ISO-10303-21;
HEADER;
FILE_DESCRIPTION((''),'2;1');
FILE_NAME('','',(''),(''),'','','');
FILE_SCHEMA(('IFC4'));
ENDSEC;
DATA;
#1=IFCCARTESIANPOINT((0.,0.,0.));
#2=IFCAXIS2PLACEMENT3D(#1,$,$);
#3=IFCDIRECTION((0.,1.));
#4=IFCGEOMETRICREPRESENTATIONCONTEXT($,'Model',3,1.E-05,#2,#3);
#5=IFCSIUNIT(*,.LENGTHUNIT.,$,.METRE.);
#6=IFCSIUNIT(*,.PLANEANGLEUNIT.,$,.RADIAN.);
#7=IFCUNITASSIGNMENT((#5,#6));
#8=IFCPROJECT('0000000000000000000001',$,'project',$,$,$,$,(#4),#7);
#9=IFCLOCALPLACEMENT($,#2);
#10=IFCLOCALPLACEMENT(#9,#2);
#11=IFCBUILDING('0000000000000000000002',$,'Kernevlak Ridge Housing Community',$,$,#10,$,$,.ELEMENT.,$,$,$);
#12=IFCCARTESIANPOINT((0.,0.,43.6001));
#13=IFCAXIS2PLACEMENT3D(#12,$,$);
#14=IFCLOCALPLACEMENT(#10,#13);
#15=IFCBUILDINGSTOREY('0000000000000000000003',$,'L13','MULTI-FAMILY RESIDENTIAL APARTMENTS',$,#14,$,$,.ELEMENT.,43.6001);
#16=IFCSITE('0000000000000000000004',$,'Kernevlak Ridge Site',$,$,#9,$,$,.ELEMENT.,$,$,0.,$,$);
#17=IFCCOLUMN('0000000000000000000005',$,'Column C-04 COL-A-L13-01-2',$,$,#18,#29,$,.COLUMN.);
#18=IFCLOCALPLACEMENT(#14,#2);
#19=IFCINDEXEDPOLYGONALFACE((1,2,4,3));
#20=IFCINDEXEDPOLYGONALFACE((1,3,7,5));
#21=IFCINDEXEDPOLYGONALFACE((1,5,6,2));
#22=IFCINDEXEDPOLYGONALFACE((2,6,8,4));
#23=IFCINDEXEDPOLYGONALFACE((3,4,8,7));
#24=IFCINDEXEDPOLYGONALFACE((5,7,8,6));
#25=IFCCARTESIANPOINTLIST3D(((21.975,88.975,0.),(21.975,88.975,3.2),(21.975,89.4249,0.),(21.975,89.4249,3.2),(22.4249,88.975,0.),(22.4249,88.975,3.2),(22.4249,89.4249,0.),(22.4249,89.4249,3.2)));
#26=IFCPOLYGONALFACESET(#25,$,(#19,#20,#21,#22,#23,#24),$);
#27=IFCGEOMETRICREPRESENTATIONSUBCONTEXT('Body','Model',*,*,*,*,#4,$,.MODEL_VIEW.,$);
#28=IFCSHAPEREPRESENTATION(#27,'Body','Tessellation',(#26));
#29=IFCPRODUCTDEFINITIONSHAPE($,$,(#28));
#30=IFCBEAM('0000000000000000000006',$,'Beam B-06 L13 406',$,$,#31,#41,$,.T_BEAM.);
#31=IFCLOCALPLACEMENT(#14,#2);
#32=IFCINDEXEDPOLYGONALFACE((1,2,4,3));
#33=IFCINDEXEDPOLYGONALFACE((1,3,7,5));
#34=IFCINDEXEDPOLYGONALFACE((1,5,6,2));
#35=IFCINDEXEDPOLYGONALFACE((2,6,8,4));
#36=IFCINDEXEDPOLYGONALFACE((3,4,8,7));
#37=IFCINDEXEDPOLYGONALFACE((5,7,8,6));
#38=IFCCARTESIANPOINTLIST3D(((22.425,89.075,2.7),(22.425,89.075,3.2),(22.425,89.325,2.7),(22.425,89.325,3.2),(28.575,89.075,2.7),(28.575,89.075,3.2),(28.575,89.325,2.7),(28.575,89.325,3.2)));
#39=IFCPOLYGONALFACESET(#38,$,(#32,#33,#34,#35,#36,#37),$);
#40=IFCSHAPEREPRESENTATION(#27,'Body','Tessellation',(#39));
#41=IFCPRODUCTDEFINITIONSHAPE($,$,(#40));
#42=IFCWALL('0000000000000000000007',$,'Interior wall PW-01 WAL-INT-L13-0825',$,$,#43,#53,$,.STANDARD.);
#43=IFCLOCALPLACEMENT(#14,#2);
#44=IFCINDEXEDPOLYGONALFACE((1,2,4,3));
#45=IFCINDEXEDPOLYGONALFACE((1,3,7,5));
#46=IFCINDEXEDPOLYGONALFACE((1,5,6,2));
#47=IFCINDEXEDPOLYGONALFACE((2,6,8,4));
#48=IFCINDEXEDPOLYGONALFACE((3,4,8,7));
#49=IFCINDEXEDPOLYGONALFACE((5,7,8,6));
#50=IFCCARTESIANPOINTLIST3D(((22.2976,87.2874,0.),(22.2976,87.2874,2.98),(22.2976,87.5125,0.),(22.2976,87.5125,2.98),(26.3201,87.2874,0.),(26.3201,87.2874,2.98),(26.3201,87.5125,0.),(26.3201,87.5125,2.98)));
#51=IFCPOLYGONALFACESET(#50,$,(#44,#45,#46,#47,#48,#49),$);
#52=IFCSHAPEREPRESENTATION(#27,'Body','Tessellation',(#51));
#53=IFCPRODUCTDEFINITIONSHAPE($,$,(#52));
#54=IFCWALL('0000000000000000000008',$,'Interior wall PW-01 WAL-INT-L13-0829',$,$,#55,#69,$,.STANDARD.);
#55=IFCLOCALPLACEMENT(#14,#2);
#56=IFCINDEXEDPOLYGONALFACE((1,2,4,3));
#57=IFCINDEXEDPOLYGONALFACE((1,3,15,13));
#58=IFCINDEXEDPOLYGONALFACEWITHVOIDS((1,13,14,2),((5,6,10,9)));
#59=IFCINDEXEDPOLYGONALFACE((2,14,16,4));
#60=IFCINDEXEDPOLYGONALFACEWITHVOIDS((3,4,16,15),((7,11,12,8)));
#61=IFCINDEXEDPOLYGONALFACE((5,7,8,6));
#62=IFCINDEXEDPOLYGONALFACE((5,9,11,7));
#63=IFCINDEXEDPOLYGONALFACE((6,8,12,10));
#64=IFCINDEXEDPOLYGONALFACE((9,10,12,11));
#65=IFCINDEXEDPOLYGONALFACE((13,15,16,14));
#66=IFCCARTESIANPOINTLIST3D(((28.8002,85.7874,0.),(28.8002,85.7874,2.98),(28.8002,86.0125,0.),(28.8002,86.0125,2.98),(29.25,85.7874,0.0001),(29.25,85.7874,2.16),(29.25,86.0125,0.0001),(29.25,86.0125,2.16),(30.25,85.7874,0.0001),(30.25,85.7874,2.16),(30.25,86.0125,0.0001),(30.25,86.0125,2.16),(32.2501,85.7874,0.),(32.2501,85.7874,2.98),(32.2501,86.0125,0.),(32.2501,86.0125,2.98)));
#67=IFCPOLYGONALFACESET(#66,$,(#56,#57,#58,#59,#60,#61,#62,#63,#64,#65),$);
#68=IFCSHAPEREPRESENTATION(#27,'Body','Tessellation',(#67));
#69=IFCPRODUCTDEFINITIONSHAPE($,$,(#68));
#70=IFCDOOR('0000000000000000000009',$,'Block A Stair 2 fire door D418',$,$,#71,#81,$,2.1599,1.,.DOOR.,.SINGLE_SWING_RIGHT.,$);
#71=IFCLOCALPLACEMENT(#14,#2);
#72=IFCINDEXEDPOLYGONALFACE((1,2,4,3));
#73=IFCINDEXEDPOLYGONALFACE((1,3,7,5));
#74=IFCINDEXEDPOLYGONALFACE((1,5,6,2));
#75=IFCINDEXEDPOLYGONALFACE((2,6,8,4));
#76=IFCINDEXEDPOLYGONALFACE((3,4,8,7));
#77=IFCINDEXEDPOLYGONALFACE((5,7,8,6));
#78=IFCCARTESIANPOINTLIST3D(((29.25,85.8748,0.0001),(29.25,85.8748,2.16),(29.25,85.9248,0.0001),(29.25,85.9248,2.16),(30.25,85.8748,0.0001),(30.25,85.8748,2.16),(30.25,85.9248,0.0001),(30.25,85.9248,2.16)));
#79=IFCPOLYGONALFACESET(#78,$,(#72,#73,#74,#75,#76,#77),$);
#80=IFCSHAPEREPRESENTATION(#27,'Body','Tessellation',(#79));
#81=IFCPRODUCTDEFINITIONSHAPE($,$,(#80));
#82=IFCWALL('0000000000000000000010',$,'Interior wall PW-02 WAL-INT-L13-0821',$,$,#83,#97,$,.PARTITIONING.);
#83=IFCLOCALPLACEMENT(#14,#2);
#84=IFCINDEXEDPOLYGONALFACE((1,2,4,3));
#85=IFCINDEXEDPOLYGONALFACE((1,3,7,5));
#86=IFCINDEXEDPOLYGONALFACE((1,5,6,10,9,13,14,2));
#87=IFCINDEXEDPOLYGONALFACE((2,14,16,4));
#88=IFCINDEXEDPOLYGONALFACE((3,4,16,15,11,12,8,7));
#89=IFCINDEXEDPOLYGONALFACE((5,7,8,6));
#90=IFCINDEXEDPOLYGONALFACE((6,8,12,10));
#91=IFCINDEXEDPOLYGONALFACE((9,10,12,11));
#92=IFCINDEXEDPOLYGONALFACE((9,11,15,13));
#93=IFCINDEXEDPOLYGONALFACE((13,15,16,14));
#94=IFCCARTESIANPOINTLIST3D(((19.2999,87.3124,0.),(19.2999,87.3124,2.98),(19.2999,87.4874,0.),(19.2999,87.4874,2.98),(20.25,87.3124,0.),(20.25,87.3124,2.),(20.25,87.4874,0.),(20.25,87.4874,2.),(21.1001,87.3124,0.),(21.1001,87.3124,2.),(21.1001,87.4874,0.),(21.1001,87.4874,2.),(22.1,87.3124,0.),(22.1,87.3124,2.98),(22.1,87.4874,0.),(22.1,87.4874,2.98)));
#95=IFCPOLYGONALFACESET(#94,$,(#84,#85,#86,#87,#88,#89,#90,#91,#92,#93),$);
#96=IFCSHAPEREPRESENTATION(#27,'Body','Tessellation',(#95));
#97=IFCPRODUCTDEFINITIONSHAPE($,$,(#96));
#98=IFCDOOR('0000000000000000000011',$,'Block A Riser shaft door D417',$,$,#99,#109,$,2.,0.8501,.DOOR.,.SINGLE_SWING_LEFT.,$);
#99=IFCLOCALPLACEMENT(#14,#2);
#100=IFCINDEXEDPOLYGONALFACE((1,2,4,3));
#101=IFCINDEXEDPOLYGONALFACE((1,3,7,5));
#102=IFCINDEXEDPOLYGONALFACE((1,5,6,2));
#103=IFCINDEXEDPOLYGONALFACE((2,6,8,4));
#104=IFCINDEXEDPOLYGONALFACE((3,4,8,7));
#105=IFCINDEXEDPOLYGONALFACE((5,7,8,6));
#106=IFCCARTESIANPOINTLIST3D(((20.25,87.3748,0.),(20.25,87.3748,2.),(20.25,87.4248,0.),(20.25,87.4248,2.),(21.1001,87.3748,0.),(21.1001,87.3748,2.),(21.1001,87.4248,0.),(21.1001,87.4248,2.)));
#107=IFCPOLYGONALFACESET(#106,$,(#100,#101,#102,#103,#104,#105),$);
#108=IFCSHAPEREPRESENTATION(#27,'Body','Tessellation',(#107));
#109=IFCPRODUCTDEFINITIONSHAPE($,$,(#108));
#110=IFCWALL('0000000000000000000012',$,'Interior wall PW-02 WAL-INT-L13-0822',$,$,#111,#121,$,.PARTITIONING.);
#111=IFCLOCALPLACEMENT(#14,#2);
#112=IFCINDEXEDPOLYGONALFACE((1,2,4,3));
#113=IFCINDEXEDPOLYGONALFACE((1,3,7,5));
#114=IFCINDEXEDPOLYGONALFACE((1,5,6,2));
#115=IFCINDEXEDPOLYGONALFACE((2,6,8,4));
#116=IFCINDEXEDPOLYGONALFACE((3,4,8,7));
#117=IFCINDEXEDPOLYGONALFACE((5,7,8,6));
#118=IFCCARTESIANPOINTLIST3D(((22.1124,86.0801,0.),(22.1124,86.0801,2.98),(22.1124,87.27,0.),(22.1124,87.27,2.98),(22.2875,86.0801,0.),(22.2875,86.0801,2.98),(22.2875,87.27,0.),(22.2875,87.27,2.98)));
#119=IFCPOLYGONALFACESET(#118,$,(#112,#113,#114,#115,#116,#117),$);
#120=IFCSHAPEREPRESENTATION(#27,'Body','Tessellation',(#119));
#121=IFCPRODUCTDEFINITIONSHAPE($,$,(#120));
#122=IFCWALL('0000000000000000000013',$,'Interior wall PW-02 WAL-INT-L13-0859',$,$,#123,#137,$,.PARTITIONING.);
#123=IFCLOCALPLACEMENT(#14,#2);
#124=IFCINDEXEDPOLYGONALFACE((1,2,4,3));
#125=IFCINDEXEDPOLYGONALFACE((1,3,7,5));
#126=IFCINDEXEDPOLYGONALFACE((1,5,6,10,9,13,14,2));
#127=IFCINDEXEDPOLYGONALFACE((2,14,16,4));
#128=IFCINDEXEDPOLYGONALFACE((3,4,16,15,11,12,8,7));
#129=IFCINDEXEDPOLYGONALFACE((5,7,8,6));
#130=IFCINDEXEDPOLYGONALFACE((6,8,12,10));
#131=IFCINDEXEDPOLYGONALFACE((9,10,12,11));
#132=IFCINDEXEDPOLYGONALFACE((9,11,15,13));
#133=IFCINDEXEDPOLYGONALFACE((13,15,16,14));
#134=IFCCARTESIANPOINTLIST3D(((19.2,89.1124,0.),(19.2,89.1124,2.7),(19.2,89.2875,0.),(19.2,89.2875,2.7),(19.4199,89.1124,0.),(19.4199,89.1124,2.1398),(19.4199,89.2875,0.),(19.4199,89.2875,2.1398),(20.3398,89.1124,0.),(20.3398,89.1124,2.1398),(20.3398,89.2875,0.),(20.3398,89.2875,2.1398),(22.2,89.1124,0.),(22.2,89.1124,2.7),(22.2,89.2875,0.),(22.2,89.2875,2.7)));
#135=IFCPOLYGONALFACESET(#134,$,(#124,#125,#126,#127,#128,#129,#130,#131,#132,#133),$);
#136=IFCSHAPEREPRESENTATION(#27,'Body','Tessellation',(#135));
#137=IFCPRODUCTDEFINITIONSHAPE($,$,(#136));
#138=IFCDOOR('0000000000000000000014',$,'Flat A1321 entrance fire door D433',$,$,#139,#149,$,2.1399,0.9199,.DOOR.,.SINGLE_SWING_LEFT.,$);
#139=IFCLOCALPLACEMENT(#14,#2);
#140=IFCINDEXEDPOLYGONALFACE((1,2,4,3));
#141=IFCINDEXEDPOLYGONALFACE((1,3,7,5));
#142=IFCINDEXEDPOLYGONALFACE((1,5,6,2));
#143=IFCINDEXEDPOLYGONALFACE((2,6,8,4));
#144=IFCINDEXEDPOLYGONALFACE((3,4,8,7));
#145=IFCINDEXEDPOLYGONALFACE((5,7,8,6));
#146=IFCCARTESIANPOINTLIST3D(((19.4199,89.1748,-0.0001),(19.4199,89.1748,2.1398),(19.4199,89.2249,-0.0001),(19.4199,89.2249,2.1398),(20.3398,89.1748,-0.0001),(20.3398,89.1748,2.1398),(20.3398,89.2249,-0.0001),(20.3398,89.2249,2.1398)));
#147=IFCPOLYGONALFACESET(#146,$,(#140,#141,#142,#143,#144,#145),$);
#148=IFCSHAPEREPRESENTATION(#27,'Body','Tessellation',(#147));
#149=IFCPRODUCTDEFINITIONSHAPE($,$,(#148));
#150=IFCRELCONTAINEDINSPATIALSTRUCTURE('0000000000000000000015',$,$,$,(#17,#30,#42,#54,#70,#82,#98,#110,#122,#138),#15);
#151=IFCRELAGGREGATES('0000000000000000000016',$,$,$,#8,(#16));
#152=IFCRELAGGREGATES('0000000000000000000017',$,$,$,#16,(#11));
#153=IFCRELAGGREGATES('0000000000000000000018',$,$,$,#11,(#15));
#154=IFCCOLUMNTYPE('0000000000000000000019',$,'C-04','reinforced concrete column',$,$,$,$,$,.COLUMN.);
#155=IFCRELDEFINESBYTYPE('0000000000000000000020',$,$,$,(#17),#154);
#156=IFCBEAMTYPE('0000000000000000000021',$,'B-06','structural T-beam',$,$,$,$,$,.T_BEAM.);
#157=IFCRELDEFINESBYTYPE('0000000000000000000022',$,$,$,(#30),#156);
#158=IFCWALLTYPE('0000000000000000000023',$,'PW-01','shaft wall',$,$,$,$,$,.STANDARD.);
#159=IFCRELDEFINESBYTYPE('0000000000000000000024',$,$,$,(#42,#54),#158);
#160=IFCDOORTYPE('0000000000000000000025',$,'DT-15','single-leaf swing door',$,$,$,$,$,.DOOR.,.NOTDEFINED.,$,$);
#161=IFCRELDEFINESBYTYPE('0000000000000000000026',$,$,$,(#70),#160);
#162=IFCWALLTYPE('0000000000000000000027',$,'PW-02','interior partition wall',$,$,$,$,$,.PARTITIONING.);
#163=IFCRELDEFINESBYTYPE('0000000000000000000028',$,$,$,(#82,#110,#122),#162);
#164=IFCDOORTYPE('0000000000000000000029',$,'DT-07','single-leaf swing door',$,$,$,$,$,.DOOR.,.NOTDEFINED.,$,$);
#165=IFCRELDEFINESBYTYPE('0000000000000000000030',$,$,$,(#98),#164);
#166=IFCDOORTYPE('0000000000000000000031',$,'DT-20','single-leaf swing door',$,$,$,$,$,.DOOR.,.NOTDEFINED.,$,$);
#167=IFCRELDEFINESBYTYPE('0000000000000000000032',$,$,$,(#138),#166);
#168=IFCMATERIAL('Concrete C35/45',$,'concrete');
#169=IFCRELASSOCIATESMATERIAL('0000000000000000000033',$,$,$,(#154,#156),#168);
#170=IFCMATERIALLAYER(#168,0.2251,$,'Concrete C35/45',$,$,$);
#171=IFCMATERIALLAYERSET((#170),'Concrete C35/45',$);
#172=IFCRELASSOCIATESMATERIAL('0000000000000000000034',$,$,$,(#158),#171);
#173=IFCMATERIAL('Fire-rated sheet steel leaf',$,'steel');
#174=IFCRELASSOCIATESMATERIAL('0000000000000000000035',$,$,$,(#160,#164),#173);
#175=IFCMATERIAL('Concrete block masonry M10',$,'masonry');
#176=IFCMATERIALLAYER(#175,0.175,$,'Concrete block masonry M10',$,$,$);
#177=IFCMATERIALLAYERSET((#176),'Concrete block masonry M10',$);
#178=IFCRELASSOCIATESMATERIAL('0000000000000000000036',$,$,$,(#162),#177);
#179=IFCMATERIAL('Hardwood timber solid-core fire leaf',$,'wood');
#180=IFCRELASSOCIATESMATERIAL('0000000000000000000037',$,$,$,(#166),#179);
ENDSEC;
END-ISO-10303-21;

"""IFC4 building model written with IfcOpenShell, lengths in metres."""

from ifc_helpers import new_model, si_unit, direction, frame, frame_2d, origin, origin_2d, place, context, subcontext, project, spatial, rectangle, extrude, material, layer, layer_set, material_profile, profile_set, type_object, element, fill, save


model = new_model("IFC4")

# Units and contexts
model_context = context("Model", 3, precision=1e-05, world=origin(), true_north=direction((0.0, 1.0)))
body_context = subcontext(model_context, "Body", "Model", "MODEL_VIEW")
ifc_project = project(units=[si_unit("LENGTHUNIT", "METRE"), si_unit("PLANEANGLEUNIT", "RADIAN")], contexts=[model_context])

# Site, building, storey
site_placement = place(None, origin())
site = spatial("IfcSite", under=ifc_project, at=site_placement, Name="Kernevlak Ridge Site", CompositionType="ELEMENT", RefElevation=0.0)
building_placement = place(site_placement, origin())
building = spatial("IfcBuilding", under=site, at=building_placement, Name="Kernevlak Ridge Housing Community", CompositionType="ELEMENT")
storey_placement = place(building_placement, frame((0.0, 0.0, 43.6001)))
storey = spatial("IfcBuildingStorey", under=building, at=storey_placement, Name="L13", Description="MULTI-FAMILY RESIDENTIAL APARTMENTS", CompositionType="ELEMENT", Elevation=43.6001)

# Column
ifc_material_1 = material(Name="Concrete C35/45", Category="concrete")
ifc_material_profile_1 = material_profile(ifc_material_1, rectangle(XDim=0.45, YDim=0.45, at=origin_2d()), Name="RC 450x450")
ifc_profile_set_1 = profile_set([ifc_material_profile_1], Name="Concrete C35/45")
column_type = type_object("IfcColumnType", Name="C-04", Description="reinforced concrete column", PredefinedType="COLUMN", material=ifc_profile_set_1)
column_placement = place(storey_placement, frame((22.2, 89.2, 0.0), z_axis=(0.0, 0.0, 1.0), x_axis=(1.0, 0.0, 0.0)))
element("IfcColumn", 1, at=column_placement, inside=storey, type_object=column_type, Name="Column C-04 COL-A-L13-01-2", PredefinedType="COLUMN", context=body_context, shape_type="SweptSolid", body=[
    extrude(rectangle(XDim=0.45, YDim=0.45, at=origin_2d()), origin(), (0.0, 0.0, 1.0), 3.2),
])

# Beam
ifc_material_profile_2 = material_profile(ifc_material_1, rectangle(XDim=0.25, YDim=0.5, at=origin_2d()), Name="RC 250x500")
ifc_profile_set_2 = profile_set([ifc_material_profile_2], Name="Concrete C35/45")
beam_type = type_object("IfcBeamType", Name="B-06", Description="structural T-beam", PredefinedType="T_BEAM", material=ifc_profile_set_2)
beam_placement = place(storey_placement, frame((22.425, 89.2, 2.95), z_axis=(1.0, 0.0, 0.0), x_axis=(0.0, 1.0, 0.0)))
element("IfcBeam", 2, at=beam_placement, inside=storey, type_object=beam_type, Name="Beam B-06 L13 406", PredefinedType="T_BEAM", context=body_context, shape_type="SweptSolid", body=[
    extrude(rectangle(XDim=0.25, YDim=0.5, at=origin_2d()), origin(), (0.0, 0.0, 1.0), 6.1499),
])

# Wall
ifc_layer_1 = layer(ifc_material_1, 0.2251, Name="Concrete C35/45")
ifc_layer_set_1 = layer_set([ifc_layer_1], Name="Concrete C35/45")
wall_type_1 = type_object("IfcWallType", Name="PW-01", Description="shaft wall", PredefinedType="STANDARD", material=ifc_layer_set_1)
wall_1_placement = place(storey_placement, frame((22.2976, 87.3999, 0.0), z_axis=(0.0, 0.0, 1.0), x_axis=(1.0, 0.0, 0.0)))
element("IfcWall", 3, at=wall_1_placement, inside=storey, type_object=wall_type_1, Name="Interior wall PW-01 WAL-INT-L13-0825", PredefinedType="STANDARD", context=body_context, shape_type="SweptSolid", body=[
    extrude(rectangle(XDim=4.0225, YDim=0.2251, at=frame_2d((2.0112, 0.0))), origin(), (0.0, 0.0, 1.0), 2.98),
])

# Walls, openings, doors
wall_2_placement = place(storey_placement, frame((28.8, 85.8999, 0.0), z_axis=(0.0, 0.0, 1.0), x_axis=(1.0, 0.0, 0.0)))
wall_2 = element("IfcWall", 4, at=wall_2_placement, inside=storey, type_object=wall_type_1, Name="Interior wall PW-01 WAL-INT-L13-0829", PredefinedType="STANDARD", context=body_context, shape_type="SweptSolid", body=[
    extrude(rectangle(XDim=3.45, YDim=0.2251, at=frame_2d((1.7251, 0.0))), origin(), (0.0, 0.0, 1.0), 2.98),
])
opening_1_placement = place(wall_2_placement, frame((0.45, 0.0, 0.0)))
opening_1 = element("IfcOpeningElement", 5, at=opening_1_placement, cuts=wall_2, PredefinedType="OPENING", context=body_context, shape_type="SweptSolid", body=[
    extrude(rectangle(XDim=1.0, YDim=2.1599, at=frame_2d((0.5, 1.0801))), frame((0.0, 0.1226, 0.0), z_axis=(0.0, -1.0, 0.0), x_axis=(1.0, 0.0, 0.0)), (0.0, 0.0, 1.0), 0.2451),
])
ifc_material_2 = material(Name="Fire-rated sheet steel leaf", Category="steel")
door_type_1 = type_object("IfcDoorType", Name="DT-15", Description="single-leaf swing door", OperationType="NOTDEFINED", PredefinedType="DOOR", material=ifc_material_2)
door_1_placement = place(opening_1_placement, origin())
door_1 = element("IfcDoor", 6, at=door_1_placement, inside=storey, type_object=door_type_1, Name="Block A Stair 2 fire door D418", OperationType="SINGLE_SWING_RIGHT", OverallHeight=2.1599, OverallWidth=1.0, PredefinedType="DOOR", context=body_context, shape_type="SweptSolid", body=[
    extrude(rectangle(XDim=1.0, YDim=2.1599, at=frame_2d((0.5, 1.0801))), frame((0.0, 0.0249, 0.0), z_axis=(0.0, -1.0, 0.0), x_axis=(1.0, 0.0, 0.0)), (0.0, 0.0, 1.0), 0.05),
])
fill(opening_1, door_1)
ifc_material_3 = material(Name="Concrete block masonry M10", Category="masonry")
ifc_layer_2 = layer(ifc_material_3, 0.175, Name="Concrete block masonry M10")
ifc_layer_set_2 = layer_set([ifc_layer_2], Name="Concrete block masonry M10")
wall_type_2 = type_object("IfcWallType", Name="PW-02", Description="interior partition wall", PredefinedType="PARTITIONING", material=ifc_layer_set_2)
wall_3_placement = place(storey_placement, frame((19.3, 87.3999, 0.0), z_axis=(0.0, 0.0, 1.0), x_axis=(1.0, 0.0, 0.0)))
wall_3 = element("IfcWall", 7, at=wall_3_placement, inside=storey, type_object=wall_type_2, Name="Interior wall PW-02 WAL-INT-L13-0821", PredefinedType="PARTITIONING", context=body_context, shape_type="SweptSolid", body=[
    extrude(rectangle(XDim=2.8, YDim=0.175, at=frame_2d((1.3999, 0.0))), origin(), (0.0, 0.0, 1.0), 2.98),
])
opening_2_placement = place(wall_3_placement, frame((0.95, 0.0, 0.0)))
opening_2 = element("IfcOpeningElement", 8, at=opening_2_placement, cuts=wall_3, PredefinedType="OPENING", context=body_context, shape_type="SweptSolid", body=[
    extrude(rectangle(XDim=0.8501, YDim=2.0, at=frame_2d((0.425, 1.0))), frame((0.0, 0.0974, 0.0), z_axis=(0.0, -1.0, 0.0), x_axis=(1.0, 0.0, 0.0)), (0.0, 0.0, 1.0), 0.1951),
])
door_type_2 = type_object("IfcDoorType", Name="DT-07", Description="single-leaf swing door", OperationType="NOTDEFINED", PredefinedType="DOOR", material=ifc_material_2)
door_2_placement = place(opening_2_placement, origin())
door_2 = element("IfcDoor", 9, at=door_2_placement, inside=storey, type_object=door_type_2, Name="Block A Riser shaft door D417", OperationType="SINGLE_SWING_LEFT", OverallHeight=2.0, OverallWidth=0.8501, PredefinedType="DOOR", context=body_context, shape_type="SweptSolid", body=[
    extrude(rectangle(XDim=0.8501, YDim=2.0, at=frame_2d((0.425, 1.0))), frame((0.0, 0.0249, 0.0), z_axis=(0.0, -1.0, 0.0), x_axis=(1.0, 0.0, 0.0)), (0.0, 0.0, 1.0), 0.05),
])
fill(opening_2, door_2)

# Wall
wall_4_placement = place(storey_placement, frame((22.2, 86.0801, 0.0), z_axis=(0.0, 0.0, 1.0), x_axis=(0.0, 1.0, 0.0)))
element("IfcWall", 10, at=wall_4_placement, inside=storey, type_object=wall_type_2, Name="Interior wall PW-02 WAL-INT-L13-0822", PredefinedType="PARTITIONING", context=body_context, shape_type="SweptSolid", body=[
    extrude(rectangle(XDim=1.1899, YDim=0.175, at=frame_2d((0.595, 0.0))), origin(), (0.0, 0.0, 1.0), 2.98),
])

# Wall, opening, door
wall_5_placement = place(storey_placement, frame((19.2, 89.2, 0.0), z_axis=(0.0, 0.0, 1.0), x_axis=(1.0, 0.0, 0.0)))
wall_5 = element("IfcWall", 11, at=wall_5_placement, inside=storey, type_object=wall_type_2, Name="Interior wall PW-02 WAL-INT-L13-0859", PredefinedType="PARTITIONING", context=body_context, shape_type="SweptSolid", body=[
    extrude(rectangle(XDim=3.0, YDim=0.175, at=frame_2d((1.5, 0.0))), origin(), (0.0, 0.0, 1.0), 2.7),
])
opening_3_placement = place(wall_5_placement, frame((0.22, 0.0, 0.0)))
opening_3 = element("IfcOpeningElement", 12, at=opening_3_placement, cuts=wall_5, PredefinedType="OPENING", context=body_context, shape_type="SweptSolid", body=[
    extrude(rectangle(XDim=0.9199, YDim=2.1399, at=frame_2d((0.46, 1.0698))), frame((0.0, 0.0974, 0.0), z_axis=(0.0, -1.0, 0.0), x_axis=(1.0, 0.0, 0.0)), (0.0, 0.0, 1.0), 0.1951),
])
ifc_material_4 = material(Name="Hardwood timber solid-core fire leaf", Category="wood")
door_type_3 = type_object("IfcDoorType", Name="DT-20", Description="single-leaf swing door", OperationType="NOTDEFINED", PredefinedType="DOOR", material=ifc_material_4)
door_3_placement = place(opening_3_placement, origin())
door_3 = element("IfcDoor", 13, at=door_3_placement, inside=storey, type_object=door_type_3, Name="Flat A1321 entrance fire door D433", OperationType="SINGLE_SWING_LEFT", OverallHeight=2.1399, OverallWidth=0.9199, PredefinedType="DOOR", context=body_context, shape_type="SweptSolid", body=[
    extrude(rectangle(XDim=0.9199, YDim=2.1399, at=frame_2d((0.46, 1.0698))), frame((0.0, 0.0249, 0.0), z_axis=(0.0, -1.0, 0.0), x_axis=(1.0, 0.0, 0.0)), (0.0, 0.0, 1.0), 0.05),
])
fill(opening_3, door_3)

save(model, "model.ifc")
